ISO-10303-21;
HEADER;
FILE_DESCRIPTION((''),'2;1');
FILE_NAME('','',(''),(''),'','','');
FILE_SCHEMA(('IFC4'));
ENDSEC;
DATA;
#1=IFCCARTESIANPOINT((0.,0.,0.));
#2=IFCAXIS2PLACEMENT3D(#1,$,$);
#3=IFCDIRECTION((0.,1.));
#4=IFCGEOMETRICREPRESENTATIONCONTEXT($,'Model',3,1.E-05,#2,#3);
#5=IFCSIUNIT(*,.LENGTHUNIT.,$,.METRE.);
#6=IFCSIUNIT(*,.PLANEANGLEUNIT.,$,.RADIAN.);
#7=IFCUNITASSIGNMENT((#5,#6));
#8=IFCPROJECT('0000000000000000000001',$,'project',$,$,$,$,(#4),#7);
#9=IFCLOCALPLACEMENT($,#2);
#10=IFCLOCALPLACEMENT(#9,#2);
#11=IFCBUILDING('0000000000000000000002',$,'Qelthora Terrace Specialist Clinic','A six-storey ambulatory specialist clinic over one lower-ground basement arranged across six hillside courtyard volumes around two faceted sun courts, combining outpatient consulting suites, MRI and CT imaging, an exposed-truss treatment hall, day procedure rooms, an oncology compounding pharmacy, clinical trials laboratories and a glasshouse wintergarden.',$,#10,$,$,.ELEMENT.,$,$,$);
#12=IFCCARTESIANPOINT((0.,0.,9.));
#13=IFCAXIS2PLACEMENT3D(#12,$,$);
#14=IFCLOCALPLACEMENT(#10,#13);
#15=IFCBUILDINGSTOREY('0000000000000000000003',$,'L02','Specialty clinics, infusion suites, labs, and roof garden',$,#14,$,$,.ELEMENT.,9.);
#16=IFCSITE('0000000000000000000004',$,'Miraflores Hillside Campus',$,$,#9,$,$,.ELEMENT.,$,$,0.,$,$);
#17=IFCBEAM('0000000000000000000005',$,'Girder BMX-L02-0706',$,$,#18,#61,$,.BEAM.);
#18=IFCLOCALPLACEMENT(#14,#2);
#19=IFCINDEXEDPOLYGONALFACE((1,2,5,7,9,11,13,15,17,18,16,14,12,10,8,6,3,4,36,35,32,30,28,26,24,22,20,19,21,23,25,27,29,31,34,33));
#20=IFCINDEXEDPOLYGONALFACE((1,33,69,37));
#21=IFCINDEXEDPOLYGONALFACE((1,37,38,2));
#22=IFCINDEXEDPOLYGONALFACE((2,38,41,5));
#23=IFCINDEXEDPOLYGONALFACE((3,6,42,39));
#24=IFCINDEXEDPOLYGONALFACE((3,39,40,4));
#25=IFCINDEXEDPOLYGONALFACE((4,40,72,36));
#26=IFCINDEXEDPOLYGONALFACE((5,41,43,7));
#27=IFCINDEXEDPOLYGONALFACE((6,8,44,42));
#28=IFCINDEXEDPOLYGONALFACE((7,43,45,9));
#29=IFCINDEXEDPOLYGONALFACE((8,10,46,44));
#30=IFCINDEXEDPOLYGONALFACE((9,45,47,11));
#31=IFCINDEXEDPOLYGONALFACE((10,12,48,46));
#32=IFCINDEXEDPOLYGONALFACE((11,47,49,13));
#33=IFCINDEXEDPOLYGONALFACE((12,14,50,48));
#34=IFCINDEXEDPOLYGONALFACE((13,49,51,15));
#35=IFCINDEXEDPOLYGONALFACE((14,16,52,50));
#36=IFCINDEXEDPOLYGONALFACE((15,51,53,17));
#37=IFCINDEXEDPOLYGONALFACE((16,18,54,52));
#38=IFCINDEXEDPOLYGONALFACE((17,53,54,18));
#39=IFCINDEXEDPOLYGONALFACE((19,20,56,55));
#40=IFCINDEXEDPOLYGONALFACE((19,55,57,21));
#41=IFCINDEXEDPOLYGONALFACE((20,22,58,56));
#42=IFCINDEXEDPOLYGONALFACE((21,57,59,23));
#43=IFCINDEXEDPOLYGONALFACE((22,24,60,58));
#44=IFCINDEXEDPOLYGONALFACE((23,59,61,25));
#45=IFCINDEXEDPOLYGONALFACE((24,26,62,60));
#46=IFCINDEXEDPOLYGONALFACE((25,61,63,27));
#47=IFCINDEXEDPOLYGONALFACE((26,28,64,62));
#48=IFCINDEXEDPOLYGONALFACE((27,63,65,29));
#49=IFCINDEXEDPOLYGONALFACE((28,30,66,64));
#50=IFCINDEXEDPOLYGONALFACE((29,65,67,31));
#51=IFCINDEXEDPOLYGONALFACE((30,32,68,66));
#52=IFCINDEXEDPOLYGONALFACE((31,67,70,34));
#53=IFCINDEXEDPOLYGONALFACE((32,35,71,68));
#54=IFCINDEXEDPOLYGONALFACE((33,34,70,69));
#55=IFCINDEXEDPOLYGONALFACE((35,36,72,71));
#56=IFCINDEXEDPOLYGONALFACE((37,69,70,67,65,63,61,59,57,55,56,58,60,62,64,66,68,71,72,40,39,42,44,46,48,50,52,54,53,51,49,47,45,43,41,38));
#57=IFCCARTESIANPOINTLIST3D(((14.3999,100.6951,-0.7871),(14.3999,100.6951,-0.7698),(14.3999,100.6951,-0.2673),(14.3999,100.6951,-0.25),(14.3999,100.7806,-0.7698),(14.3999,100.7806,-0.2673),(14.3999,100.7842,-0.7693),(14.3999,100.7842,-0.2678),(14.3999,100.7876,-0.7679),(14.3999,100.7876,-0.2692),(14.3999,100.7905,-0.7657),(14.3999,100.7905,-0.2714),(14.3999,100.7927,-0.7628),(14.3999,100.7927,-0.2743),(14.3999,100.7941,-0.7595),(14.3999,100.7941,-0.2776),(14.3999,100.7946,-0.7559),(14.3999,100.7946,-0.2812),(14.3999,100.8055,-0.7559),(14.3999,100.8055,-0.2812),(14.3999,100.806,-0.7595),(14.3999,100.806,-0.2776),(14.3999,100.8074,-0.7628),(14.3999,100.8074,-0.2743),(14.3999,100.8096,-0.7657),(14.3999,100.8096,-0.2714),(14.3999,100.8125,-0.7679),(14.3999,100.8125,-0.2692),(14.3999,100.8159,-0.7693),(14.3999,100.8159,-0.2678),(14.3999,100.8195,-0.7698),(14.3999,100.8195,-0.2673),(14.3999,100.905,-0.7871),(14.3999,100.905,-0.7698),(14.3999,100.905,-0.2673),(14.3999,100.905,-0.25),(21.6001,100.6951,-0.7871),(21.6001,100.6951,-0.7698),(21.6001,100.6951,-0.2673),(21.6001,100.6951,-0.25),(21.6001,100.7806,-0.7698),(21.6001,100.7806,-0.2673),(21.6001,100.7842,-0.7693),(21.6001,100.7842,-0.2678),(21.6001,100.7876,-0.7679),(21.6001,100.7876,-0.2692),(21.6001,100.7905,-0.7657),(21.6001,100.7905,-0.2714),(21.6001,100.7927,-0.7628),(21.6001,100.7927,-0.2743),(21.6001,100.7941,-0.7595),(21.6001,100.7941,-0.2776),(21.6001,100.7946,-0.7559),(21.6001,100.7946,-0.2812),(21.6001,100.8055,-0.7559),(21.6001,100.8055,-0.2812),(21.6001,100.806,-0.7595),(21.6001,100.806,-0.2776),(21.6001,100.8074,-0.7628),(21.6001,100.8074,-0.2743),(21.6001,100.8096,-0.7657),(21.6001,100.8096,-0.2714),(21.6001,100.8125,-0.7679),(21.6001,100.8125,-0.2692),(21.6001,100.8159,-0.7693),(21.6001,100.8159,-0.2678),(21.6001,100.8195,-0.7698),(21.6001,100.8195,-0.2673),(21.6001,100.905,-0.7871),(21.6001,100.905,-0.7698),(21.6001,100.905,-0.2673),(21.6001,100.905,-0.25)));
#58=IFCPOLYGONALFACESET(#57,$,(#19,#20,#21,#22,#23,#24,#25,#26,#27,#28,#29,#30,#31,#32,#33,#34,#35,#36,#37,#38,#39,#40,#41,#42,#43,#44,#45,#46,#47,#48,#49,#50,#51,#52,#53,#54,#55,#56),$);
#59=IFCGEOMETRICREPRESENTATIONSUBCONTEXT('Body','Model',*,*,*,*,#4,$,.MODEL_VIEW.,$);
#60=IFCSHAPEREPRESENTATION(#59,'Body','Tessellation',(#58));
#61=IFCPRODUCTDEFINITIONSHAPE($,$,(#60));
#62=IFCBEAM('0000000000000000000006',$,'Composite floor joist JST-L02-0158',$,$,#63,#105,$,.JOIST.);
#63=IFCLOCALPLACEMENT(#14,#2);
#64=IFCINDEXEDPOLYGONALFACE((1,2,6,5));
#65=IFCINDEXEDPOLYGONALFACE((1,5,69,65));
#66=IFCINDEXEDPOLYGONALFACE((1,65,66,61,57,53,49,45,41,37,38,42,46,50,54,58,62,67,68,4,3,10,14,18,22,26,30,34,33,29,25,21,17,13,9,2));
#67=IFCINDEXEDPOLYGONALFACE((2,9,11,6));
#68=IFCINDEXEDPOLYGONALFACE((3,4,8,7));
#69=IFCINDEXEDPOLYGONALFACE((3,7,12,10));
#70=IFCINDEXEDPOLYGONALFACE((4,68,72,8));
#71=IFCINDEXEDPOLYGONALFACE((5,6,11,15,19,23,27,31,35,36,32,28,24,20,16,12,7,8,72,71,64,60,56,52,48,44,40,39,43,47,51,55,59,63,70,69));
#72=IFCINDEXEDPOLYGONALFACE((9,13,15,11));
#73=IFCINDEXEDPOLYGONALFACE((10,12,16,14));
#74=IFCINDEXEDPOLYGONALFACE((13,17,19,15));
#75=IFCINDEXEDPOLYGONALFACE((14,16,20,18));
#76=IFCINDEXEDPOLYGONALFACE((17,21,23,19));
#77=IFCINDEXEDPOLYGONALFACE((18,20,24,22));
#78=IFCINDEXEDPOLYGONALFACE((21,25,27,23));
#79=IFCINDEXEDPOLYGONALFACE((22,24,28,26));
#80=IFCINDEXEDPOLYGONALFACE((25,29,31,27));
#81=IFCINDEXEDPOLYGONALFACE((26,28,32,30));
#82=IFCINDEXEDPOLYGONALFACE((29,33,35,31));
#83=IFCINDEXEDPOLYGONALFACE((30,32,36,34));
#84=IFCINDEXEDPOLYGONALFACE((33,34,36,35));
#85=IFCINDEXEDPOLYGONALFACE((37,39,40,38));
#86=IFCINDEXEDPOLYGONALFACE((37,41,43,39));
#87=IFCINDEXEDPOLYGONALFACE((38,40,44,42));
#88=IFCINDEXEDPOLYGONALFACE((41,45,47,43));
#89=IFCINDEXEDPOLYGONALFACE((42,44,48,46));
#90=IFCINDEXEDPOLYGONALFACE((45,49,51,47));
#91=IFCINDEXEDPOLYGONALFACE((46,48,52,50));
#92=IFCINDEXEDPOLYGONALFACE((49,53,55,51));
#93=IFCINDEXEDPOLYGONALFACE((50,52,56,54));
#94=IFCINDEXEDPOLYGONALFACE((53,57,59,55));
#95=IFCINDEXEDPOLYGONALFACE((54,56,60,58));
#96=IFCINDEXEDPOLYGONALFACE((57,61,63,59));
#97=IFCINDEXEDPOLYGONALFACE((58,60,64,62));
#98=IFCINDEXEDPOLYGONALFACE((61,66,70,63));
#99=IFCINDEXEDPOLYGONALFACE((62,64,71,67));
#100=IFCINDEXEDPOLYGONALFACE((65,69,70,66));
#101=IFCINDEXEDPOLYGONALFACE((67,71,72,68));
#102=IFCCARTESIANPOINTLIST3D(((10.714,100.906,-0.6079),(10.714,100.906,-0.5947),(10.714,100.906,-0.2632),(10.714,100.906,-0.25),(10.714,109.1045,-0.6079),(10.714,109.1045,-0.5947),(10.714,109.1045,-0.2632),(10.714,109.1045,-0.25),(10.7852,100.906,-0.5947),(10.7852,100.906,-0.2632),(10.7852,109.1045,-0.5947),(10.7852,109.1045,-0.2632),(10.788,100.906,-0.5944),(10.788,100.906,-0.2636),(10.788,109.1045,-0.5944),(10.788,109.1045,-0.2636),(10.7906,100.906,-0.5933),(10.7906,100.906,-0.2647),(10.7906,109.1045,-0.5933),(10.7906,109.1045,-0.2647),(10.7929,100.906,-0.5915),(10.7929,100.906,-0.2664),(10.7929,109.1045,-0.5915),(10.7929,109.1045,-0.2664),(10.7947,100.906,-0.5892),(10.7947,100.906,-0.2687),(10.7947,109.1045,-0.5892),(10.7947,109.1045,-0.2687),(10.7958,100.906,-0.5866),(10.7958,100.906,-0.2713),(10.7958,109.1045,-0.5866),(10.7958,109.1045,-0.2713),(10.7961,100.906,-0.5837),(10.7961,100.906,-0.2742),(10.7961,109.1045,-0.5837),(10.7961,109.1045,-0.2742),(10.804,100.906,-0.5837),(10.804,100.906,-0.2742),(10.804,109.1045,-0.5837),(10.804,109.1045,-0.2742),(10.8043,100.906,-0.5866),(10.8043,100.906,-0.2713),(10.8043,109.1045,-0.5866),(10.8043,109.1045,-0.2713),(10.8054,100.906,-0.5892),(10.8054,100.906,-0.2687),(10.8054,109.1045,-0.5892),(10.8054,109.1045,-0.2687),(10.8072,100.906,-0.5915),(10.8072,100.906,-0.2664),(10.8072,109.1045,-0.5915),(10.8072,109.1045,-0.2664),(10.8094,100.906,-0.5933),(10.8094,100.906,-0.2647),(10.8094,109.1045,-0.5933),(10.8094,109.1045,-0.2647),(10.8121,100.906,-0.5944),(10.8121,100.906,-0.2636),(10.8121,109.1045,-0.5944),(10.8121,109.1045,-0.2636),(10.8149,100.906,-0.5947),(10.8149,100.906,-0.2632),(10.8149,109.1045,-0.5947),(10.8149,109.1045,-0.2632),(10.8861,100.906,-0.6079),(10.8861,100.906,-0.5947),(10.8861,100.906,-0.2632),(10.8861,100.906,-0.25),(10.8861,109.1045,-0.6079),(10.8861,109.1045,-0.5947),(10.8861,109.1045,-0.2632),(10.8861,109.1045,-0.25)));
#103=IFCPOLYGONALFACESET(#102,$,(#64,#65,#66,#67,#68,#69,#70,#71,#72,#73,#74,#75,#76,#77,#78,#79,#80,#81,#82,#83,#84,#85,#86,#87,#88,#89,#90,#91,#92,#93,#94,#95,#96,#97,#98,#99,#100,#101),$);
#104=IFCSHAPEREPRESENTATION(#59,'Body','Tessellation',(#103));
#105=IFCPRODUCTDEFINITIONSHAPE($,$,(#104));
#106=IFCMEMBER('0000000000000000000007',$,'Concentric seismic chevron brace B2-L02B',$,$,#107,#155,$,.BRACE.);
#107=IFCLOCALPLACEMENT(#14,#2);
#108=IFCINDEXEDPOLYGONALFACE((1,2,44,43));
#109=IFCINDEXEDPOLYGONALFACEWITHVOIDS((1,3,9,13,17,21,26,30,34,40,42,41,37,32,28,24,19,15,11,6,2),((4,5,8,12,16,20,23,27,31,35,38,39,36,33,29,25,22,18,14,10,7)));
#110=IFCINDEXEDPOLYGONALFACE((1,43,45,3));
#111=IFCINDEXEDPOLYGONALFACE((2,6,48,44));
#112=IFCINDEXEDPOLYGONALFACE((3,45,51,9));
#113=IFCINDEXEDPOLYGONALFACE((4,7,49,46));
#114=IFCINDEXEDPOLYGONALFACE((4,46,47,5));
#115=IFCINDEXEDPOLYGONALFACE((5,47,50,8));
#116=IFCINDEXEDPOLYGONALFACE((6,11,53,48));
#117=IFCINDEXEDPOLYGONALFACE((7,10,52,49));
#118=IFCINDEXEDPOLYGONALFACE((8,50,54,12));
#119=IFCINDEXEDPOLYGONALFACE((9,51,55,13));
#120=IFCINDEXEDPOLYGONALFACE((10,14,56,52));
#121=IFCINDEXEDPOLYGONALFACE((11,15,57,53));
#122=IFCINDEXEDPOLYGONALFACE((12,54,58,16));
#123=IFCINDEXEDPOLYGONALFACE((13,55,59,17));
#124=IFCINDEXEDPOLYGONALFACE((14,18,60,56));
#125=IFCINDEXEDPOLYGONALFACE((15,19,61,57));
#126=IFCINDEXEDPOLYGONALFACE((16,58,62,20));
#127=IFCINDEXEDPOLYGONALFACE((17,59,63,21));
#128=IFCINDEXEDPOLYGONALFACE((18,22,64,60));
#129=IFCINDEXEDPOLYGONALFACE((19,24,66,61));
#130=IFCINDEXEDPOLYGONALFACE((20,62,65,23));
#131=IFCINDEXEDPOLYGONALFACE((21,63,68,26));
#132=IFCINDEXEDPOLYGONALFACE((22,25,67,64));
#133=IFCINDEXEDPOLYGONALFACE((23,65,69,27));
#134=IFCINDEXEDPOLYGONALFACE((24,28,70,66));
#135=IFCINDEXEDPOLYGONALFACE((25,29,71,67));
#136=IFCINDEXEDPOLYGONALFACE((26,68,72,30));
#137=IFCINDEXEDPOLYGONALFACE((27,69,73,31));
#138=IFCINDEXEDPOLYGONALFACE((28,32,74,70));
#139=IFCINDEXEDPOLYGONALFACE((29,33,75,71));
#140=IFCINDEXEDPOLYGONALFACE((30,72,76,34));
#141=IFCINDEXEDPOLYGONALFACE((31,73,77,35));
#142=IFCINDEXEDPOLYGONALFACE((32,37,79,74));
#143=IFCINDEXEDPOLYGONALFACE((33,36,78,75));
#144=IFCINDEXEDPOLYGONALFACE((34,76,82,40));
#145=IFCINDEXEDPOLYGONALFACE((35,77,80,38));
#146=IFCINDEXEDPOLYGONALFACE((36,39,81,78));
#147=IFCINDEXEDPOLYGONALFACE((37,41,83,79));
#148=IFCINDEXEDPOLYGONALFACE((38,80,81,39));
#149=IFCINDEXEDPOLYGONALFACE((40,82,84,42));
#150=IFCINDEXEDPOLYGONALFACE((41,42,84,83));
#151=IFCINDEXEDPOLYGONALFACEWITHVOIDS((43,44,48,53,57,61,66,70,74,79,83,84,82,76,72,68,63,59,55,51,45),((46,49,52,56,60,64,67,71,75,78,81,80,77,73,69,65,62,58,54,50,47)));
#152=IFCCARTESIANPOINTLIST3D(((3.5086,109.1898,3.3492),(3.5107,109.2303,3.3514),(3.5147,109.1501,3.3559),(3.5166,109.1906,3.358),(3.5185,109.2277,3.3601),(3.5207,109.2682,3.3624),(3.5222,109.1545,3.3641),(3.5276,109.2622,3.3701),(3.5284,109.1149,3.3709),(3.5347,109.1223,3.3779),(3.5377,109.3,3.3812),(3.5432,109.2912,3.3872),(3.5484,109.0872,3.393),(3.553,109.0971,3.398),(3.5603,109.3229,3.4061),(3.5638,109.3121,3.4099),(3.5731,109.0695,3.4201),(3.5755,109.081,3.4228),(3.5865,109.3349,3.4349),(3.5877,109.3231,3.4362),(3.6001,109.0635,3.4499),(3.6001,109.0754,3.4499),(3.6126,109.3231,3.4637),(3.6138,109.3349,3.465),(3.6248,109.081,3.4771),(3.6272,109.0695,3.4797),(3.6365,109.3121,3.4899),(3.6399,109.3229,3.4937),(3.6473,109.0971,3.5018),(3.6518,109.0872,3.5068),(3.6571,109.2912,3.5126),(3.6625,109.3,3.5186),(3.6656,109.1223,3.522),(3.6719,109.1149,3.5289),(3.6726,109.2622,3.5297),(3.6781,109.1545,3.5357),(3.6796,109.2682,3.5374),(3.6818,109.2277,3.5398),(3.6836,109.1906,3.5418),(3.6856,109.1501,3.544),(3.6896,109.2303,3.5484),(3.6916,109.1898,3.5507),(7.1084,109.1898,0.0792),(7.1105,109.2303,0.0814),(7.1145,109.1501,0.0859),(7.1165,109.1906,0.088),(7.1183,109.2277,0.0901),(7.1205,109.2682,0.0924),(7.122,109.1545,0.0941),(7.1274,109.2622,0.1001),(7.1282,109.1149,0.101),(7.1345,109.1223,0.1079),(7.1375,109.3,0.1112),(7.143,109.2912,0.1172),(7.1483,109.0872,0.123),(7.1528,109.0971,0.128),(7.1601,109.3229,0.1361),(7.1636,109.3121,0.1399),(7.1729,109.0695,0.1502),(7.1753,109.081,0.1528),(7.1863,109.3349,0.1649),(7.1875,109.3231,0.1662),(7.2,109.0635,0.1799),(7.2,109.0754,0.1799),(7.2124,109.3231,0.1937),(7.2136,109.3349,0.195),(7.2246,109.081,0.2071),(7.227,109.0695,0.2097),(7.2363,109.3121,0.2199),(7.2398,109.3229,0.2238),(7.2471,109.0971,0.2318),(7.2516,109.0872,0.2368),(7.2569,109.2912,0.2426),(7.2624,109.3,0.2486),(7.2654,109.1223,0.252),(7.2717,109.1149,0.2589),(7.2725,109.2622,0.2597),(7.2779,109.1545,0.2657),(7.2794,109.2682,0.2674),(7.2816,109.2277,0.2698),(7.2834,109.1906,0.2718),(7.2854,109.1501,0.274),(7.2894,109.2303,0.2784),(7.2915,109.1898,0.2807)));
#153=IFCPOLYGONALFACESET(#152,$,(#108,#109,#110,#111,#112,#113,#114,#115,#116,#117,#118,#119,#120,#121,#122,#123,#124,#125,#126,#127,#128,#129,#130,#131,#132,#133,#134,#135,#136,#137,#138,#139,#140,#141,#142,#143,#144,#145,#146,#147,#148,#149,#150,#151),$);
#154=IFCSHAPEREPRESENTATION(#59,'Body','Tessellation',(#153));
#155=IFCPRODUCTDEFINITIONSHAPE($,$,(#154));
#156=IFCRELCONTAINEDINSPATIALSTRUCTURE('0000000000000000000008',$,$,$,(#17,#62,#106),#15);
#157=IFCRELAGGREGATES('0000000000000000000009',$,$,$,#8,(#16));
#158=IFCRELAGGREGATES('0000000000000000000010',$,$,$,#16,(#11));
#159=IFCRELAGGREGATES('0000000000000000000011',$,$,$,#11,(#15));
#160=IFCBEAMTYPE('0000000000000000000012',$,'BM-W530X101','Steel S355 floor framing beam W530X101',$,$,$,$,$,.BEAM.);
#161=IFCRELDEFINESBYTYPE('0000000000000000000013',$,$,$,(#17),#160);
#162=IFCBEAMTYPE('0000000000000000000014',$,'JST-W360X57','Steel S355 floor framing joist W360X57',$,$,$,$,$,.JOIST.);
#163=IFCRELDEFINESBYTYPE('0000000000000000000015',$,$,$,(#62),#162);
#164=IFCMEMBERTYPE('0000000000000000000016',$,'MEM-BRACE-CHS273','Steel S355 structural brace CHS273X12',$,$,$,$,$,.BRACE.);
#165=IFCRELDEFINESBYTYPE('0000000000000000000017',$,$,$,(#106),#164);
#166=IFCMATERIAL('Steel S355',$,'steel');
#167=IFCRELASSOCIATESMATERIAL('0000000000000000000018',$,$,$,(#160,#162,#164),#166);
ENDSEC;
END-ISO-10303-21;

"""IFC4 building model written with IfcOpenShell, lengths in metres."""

from ifc_helpers import new_model, si_unit, direction, frame, origin, origin_2d, place, context, subcontext, project, spatial, hollow_circle, i_section, extrude, material, material_profile, profile_set, type_object, element, save


model = new_model("IFC4")

# Units and contexts
model_context = context("Model", 3, precision=1e-05, world=origin(), true_north=direction((0.0, 1.0)))
body_context = subcontext(model_context, "Body", "Model", "MODEL_VIEW")
ifc_project = project(units=[si_unit("LENGTHUNIT", "METRE"), si_unit("PLANEANGLEUNIT", "RADIAN")], contexts=[model_context])

# Site, building, storey
site_placement = place(None, origin())
site = spatial("IfcSite", under=ifc_project, at=site_placement, Name="Miraflores Hillside Campus", CompositionType="ELEMENT", RefElevation=0.0)
building_placement = place(site_placement, origin())
building = spatial("IfcBuilding", under=site, at=building_placement, Name="Qelthora Terrace Specialist Clinic", Description="A six-storey ambulatory specialist clinic over one lower-ground basement arranged across six hillside courtyard volumes around two faceted sun courts, combining outpatient consulting suites, MRI and CT imaging, an exposed-truss treatment hall, day procedure rooms, an oncology compounding pharmacy, clinical trials laboratories and a glasshouse wintergarden.", CompositionType="ELEMENT")
storey_placement = place(building_placement, frame((0.0, 0.0, 9.0)))
storey = spatial("IfcBuildingStorey", under=building, at=storey_placement, Name="L02", Description="Specialty clinics, infusion suites, labs, and roof garden", CompositionType="ELEMENT", Elevation=9.0)

# Shared definitions
ifc_material_1 = material(Name="Steel S355", Category="steel")

# Beams
ifc_material_profile_1 = material_profile(ifc_material_1, i_section(OverallWidth=0.21, OverallDepth=0.5371, WebThickness=0.011, FlangeThickness=0.0173, FilletRadius=0.0139, at=origin_2d()), Name="W530X101")
ifc_profile_set_1 = profile_set([ifc_material_profile_1], Name="Steel S355")
beam_type_1 = type_object("IfcBeamType", Name="BM-W530X101", Description="Steel S355 floor framing beam W530X101", PredefinedType="BEAM", material=ifc_profile_set_1)
beam_1_placement = place(storey_placement, frame((14.3999, 100.8, -0.5186), z_axis=(1.0, 0.0, 0.0), x_axis=(0.0, 1.0, 0.0)))
element("IfcBeam", 1, at=beam_1_placement, inside=storey, type_object=beam_type_1, Name="Girder BMX-L02-0706", PredefinedType="BEAM", context=body_context, shape_type="SweptSolid", body=[
    extrude(i_section(OverallWidth=0.21, OverallDepth=0.5371, WebThickness=0.011, FlangeThickness=0.0173, FilletRadius=0.0139, at=origin_2d()), origin(), (0.0, 0.0, 1.0), 7.2002),
])
ifc_material_profile_2 = material_profile(ifc_material_1, i_section(OverallWidth=0.1721, OverallDepth=0.3579, WebThickness=0.0078, FlangeThickness=0.0132, FilletRadius=0.011, at=origin_2d()), Name="W360X57")
ifc_profile_set_2 = profile_set([ifc_material_profile_2], Name="Steel S355")
beam_type_2 = type_object("IfcBeamType", Name="JST-W360X57", Description="Steel S355 floor framing joist W360X57", PredefinedType="JOIST", material=ifc_profile_set_2)
beam_2_placement = place(storey_placement, frame((10.8, 100.906, -0.429), z_axis=(0.0, 1.0, 0.0), x_axis=(-1.0, 0.0, 0.0)))
element("IfcBeam", 2, at=beam_2_placement, inside=storey, type_object=beam_type_2, Name="Composite floor joist JST-L02-0158", PredefinedType="JOIST", context=body_context, shape_type="SweptSolid", body=[
    extrude(i_section(OverallWidth=0.1721, OverallDepth=0.3579, WebThickness=0.0078, FlangeThickness=0.0132, FilletRadius=0.011, at=origin_2d()), origin(), (0.0, 0.0, 1.0), 8.1985),
])

# Member
ifc_material_profile_3 = material_profile(ifc_material_1, hollow_circle(Radius=0.1365, WallThickness=0.012, at=origin_2d()), Name="CHS273X12")
ifc_profile_set_3 = profile_set([ifc_material_profile_3], Name="Steel S355")
member_type = type_object("IfcMemberType", Name="MEM-BRACE-CHS273", Description="Steel S355 structural brace CHS273X12", PredefinedType="BRACE", material=ifc_profile_set_3)
member_placement = place(storey_placement, frame((7.2, 109.2, 0.1799), z_axis=(-0.740204, 0.0, 0.672383), x_axis=(0.0, -1.0, 0.0)))
element("IfcMember", 3, at=member_placement, inside=storey, type_object=member_type, Name="Concentric seismic chevron brace B2-L02B", PredefinedType="BRACE", context=body_context, shape_type="SweptSolid", body=[
    extrude(hollow_circle(Radius=0.1365, WallThickness=0.012, at=origin_2d()), origin(), (0.0, 0.0, 1.0), 4.8633),
])

save(model, "model.ifc")
